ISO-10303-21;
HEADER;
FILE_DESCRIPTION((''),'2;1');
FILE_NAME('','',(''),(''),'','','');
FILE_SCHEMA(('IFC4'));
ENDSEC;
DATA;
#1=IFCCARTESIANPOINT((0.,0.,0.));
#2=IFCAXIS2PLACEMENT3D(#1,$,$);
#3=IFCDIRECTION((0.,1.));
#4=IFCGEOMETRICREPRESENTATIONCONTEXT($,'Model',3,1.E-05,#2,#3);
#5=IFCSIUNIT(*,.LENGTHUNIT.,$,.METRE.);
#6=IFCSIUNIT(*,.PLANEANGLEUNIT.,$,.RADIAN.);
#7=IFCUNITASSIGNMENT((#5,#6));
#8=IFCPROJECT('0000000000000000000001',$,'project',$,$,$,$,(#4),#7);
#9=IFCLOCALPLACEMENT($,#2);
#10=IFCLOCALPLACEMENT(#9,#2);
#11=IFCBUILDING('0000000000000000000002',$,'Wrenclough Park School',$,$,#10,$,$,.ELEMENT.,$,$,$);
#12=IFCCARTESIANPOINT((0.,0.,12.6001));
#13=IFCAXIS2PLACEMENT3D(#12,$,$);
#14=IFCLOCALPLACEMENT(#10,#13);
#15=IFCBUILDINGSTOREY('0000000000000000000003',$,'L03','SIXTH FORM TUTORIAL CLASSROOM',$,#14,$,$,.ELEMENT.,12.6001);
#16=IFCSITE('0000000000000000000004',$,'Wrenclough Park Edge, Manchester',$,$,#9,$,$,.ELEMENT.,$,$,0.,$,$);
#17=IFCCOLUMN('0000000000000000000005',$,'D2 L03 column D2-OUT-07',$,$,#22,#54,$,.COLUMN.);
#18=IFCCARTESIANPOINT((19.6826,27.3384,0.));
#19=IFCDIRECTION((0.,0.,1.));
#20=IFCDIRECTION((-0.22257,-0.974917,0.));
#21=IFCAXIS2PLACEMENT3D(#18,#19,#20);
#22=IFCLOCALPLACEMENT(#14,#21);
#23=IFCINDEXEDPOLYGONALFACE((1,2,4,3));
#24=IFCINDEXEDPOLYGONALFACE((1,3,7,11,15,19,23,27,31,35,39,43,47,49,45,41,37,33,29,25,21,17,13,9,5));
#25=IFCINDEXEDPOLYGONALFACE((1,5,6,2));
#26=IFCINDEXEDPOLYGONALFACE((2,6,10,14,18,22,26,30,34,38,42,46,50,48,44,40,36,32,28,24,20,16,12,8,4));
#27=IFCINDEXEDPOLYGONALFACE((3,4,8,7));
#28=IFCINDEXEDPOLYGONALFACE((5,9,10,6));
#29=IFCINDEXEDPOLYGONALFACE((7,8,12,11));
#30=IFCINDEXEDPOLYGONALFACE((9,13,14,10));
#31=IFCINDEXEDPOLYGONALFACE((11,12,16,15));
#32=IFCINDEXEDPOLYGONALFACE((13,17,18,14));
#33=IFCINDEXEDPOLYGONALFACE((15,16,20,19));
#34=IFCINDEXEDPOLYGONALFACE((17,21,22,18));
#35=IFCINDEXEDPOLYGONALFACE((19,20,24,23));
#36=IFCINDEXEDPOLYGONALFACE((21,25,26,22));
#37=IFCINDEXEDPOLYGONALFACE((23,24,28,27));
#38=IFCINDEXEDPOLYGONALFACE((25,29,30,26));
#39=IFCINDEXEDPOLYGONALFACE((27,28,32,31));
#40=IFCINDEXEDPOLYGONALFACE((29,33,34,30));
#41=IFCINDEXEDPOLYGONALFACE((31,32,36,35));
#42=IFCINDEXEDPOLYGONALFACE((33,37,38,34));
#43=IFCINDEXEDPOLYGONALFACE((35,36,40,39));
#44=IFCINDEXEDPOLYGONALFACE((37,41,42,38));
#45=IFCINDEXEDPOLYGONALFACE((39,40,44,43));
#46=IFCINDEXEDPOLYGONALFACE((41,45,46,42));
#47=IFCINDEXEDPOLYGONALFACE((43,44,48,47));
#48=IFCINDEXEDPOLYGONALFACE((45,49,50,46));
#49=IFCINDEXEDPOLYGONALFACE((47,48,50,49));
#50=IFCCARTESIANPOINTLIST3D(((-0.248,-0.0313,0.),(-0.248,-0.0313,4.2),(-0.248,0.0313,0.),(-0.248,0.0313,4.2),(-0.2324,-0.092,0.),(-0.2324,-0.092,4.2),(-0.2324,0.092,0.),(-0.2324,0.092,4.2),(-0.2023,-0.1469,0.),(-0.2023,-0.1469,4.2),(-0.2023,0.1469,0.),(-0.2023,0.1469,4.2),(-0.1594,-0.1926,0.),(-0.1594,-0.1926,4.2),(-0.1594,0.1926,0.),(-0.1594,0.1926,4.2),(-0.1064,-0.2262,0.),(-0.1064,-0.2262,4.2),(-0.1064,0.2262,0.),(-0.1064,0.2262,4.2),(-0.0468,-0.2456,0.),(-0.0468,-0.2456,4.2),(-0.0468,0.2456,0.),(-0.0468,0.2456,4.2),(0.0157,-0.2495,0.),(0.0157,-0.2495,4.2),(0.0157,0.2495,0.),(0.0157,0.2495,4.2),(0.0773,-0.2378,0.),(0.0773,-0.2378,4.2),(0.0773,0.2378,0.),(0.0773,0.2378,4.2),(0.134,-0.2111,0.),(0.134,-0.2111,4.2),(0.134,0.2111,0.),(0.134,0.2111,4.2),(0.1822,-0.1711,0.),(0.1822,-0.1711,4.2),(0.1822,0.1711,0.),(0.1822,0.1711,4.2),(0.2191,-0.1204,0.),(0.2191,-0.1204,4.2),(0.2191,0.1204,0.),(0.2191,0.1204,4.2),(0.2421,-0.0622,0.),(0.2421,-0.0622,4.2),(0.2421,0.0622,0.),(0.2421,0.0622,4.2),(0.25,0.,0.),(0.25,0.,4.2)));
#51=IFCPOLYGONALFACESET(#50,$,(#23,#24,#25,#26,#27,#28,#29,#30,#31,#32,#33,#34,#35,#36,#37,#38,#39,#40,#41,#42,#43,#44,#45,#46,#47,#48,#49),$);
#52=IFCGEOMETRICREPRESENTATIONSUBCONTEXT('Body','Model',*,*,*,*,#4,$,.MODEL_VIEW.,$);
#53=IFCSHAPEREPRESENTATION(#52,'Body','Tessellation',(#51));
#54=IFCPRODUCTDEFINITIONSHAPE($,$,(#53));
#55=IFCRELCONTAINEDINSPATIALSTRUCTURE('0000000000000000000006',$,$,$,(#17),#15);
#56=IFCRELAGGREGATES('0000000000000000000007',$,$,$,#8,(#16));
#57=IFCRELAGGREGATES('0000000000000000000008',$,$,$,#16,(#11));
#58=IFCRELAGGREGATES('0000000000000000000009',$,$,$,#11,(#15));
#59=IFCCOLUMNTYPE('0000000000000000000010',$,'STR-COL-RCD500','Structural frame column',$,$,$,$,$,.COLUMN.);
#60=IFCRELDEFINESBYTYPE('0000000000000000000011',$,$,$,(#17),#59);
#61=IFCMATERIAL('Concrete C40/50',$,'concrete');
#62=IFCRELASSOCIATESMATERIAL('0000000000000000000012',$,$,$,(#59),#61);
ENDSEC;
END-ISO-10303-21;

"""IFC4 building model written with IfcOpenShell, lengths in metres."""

from ifc_helpers import new_model, si_unit, direction, frame, origin, origin_2d, place, context, subcontext, project, spatial, circle, extrude, material, material_profile, profile_set, type_object, element, save


model = new_model("IFC4")

# Units and contexts
model_context = context("Model", 3, precision=1e-05, world=origin(), true_north=direction((0.0, 1.0)))
body_context = subcontext(model_context, "Body", "Model", "MODEL_VIEW")
ifc_project = project(units=[si_unit("LENGTHUNIT", "METRE"), si_unit("PLANEANGLEUNIT", "RADIAN")], contexts=[model_context])

# Site, building, storey
site_placement = place(None, origin())
site = spatial("IfcSite", under=ifc_project, at=site_placement, Name="Wrenclough Park Edge, Manchester", CompositionType="ELEMENT", RefElevation=0.0)
building_placement = place(site_placement, origin())
building = spatial("IfcBuilding", under=site, at=building_placement, Name="Wrenclough Park School", CompositionType="ELEMENT")
storey_placement = place(building_placement, frame((0.0, 0.0, 12.6001)))
storey = spatial("IfcBuildingStorey", under=building, at=storey_placement, Name="L03", Description="SIXTH FORM TUTORIAL CLASSROOM", CompositionType="ELEMENT", Elevation=12.6001)

# Column
ifc_material_1 = material(Name="Concrete C40/50", Category="concrete")
ifc_material_profile_1 = material_profile(ifc_material_1, circle(Radius=0.25, at=origin_2d()), Name="RC COL D500")
ifc_profile_set_1 = profile_set([ifc_material_profile_1], Name="Concrete C40/50")
column_type_1 = type_object("IfcColumnType", Name="STR-COL-RCD500", Description="Structural frame column", PredefinedType="COLUMN", material=ifc_profile_set_1)
column_1_placement = place(storey_placement, frame((19.6826, 27.3384, 0.0), z_axis=(0.0, 0.0, 1.0), x_axis=(-0.22257, -0.974917, 0.0)))
element("IfcColumn", 1, at=column_1_placement, inside=storey, type_object=column_type_1, Name="D2 L03 column D2-OUT-07", PredefinedType="COLUMN", context=body_context, shape_type="SweptSolid", body=[
    extrude(circle(Radius=0.25, at=origin_2d()), origin(), (0.0, 0.0, 1.0), 4.2),
])

save(model, "model.ifc")
